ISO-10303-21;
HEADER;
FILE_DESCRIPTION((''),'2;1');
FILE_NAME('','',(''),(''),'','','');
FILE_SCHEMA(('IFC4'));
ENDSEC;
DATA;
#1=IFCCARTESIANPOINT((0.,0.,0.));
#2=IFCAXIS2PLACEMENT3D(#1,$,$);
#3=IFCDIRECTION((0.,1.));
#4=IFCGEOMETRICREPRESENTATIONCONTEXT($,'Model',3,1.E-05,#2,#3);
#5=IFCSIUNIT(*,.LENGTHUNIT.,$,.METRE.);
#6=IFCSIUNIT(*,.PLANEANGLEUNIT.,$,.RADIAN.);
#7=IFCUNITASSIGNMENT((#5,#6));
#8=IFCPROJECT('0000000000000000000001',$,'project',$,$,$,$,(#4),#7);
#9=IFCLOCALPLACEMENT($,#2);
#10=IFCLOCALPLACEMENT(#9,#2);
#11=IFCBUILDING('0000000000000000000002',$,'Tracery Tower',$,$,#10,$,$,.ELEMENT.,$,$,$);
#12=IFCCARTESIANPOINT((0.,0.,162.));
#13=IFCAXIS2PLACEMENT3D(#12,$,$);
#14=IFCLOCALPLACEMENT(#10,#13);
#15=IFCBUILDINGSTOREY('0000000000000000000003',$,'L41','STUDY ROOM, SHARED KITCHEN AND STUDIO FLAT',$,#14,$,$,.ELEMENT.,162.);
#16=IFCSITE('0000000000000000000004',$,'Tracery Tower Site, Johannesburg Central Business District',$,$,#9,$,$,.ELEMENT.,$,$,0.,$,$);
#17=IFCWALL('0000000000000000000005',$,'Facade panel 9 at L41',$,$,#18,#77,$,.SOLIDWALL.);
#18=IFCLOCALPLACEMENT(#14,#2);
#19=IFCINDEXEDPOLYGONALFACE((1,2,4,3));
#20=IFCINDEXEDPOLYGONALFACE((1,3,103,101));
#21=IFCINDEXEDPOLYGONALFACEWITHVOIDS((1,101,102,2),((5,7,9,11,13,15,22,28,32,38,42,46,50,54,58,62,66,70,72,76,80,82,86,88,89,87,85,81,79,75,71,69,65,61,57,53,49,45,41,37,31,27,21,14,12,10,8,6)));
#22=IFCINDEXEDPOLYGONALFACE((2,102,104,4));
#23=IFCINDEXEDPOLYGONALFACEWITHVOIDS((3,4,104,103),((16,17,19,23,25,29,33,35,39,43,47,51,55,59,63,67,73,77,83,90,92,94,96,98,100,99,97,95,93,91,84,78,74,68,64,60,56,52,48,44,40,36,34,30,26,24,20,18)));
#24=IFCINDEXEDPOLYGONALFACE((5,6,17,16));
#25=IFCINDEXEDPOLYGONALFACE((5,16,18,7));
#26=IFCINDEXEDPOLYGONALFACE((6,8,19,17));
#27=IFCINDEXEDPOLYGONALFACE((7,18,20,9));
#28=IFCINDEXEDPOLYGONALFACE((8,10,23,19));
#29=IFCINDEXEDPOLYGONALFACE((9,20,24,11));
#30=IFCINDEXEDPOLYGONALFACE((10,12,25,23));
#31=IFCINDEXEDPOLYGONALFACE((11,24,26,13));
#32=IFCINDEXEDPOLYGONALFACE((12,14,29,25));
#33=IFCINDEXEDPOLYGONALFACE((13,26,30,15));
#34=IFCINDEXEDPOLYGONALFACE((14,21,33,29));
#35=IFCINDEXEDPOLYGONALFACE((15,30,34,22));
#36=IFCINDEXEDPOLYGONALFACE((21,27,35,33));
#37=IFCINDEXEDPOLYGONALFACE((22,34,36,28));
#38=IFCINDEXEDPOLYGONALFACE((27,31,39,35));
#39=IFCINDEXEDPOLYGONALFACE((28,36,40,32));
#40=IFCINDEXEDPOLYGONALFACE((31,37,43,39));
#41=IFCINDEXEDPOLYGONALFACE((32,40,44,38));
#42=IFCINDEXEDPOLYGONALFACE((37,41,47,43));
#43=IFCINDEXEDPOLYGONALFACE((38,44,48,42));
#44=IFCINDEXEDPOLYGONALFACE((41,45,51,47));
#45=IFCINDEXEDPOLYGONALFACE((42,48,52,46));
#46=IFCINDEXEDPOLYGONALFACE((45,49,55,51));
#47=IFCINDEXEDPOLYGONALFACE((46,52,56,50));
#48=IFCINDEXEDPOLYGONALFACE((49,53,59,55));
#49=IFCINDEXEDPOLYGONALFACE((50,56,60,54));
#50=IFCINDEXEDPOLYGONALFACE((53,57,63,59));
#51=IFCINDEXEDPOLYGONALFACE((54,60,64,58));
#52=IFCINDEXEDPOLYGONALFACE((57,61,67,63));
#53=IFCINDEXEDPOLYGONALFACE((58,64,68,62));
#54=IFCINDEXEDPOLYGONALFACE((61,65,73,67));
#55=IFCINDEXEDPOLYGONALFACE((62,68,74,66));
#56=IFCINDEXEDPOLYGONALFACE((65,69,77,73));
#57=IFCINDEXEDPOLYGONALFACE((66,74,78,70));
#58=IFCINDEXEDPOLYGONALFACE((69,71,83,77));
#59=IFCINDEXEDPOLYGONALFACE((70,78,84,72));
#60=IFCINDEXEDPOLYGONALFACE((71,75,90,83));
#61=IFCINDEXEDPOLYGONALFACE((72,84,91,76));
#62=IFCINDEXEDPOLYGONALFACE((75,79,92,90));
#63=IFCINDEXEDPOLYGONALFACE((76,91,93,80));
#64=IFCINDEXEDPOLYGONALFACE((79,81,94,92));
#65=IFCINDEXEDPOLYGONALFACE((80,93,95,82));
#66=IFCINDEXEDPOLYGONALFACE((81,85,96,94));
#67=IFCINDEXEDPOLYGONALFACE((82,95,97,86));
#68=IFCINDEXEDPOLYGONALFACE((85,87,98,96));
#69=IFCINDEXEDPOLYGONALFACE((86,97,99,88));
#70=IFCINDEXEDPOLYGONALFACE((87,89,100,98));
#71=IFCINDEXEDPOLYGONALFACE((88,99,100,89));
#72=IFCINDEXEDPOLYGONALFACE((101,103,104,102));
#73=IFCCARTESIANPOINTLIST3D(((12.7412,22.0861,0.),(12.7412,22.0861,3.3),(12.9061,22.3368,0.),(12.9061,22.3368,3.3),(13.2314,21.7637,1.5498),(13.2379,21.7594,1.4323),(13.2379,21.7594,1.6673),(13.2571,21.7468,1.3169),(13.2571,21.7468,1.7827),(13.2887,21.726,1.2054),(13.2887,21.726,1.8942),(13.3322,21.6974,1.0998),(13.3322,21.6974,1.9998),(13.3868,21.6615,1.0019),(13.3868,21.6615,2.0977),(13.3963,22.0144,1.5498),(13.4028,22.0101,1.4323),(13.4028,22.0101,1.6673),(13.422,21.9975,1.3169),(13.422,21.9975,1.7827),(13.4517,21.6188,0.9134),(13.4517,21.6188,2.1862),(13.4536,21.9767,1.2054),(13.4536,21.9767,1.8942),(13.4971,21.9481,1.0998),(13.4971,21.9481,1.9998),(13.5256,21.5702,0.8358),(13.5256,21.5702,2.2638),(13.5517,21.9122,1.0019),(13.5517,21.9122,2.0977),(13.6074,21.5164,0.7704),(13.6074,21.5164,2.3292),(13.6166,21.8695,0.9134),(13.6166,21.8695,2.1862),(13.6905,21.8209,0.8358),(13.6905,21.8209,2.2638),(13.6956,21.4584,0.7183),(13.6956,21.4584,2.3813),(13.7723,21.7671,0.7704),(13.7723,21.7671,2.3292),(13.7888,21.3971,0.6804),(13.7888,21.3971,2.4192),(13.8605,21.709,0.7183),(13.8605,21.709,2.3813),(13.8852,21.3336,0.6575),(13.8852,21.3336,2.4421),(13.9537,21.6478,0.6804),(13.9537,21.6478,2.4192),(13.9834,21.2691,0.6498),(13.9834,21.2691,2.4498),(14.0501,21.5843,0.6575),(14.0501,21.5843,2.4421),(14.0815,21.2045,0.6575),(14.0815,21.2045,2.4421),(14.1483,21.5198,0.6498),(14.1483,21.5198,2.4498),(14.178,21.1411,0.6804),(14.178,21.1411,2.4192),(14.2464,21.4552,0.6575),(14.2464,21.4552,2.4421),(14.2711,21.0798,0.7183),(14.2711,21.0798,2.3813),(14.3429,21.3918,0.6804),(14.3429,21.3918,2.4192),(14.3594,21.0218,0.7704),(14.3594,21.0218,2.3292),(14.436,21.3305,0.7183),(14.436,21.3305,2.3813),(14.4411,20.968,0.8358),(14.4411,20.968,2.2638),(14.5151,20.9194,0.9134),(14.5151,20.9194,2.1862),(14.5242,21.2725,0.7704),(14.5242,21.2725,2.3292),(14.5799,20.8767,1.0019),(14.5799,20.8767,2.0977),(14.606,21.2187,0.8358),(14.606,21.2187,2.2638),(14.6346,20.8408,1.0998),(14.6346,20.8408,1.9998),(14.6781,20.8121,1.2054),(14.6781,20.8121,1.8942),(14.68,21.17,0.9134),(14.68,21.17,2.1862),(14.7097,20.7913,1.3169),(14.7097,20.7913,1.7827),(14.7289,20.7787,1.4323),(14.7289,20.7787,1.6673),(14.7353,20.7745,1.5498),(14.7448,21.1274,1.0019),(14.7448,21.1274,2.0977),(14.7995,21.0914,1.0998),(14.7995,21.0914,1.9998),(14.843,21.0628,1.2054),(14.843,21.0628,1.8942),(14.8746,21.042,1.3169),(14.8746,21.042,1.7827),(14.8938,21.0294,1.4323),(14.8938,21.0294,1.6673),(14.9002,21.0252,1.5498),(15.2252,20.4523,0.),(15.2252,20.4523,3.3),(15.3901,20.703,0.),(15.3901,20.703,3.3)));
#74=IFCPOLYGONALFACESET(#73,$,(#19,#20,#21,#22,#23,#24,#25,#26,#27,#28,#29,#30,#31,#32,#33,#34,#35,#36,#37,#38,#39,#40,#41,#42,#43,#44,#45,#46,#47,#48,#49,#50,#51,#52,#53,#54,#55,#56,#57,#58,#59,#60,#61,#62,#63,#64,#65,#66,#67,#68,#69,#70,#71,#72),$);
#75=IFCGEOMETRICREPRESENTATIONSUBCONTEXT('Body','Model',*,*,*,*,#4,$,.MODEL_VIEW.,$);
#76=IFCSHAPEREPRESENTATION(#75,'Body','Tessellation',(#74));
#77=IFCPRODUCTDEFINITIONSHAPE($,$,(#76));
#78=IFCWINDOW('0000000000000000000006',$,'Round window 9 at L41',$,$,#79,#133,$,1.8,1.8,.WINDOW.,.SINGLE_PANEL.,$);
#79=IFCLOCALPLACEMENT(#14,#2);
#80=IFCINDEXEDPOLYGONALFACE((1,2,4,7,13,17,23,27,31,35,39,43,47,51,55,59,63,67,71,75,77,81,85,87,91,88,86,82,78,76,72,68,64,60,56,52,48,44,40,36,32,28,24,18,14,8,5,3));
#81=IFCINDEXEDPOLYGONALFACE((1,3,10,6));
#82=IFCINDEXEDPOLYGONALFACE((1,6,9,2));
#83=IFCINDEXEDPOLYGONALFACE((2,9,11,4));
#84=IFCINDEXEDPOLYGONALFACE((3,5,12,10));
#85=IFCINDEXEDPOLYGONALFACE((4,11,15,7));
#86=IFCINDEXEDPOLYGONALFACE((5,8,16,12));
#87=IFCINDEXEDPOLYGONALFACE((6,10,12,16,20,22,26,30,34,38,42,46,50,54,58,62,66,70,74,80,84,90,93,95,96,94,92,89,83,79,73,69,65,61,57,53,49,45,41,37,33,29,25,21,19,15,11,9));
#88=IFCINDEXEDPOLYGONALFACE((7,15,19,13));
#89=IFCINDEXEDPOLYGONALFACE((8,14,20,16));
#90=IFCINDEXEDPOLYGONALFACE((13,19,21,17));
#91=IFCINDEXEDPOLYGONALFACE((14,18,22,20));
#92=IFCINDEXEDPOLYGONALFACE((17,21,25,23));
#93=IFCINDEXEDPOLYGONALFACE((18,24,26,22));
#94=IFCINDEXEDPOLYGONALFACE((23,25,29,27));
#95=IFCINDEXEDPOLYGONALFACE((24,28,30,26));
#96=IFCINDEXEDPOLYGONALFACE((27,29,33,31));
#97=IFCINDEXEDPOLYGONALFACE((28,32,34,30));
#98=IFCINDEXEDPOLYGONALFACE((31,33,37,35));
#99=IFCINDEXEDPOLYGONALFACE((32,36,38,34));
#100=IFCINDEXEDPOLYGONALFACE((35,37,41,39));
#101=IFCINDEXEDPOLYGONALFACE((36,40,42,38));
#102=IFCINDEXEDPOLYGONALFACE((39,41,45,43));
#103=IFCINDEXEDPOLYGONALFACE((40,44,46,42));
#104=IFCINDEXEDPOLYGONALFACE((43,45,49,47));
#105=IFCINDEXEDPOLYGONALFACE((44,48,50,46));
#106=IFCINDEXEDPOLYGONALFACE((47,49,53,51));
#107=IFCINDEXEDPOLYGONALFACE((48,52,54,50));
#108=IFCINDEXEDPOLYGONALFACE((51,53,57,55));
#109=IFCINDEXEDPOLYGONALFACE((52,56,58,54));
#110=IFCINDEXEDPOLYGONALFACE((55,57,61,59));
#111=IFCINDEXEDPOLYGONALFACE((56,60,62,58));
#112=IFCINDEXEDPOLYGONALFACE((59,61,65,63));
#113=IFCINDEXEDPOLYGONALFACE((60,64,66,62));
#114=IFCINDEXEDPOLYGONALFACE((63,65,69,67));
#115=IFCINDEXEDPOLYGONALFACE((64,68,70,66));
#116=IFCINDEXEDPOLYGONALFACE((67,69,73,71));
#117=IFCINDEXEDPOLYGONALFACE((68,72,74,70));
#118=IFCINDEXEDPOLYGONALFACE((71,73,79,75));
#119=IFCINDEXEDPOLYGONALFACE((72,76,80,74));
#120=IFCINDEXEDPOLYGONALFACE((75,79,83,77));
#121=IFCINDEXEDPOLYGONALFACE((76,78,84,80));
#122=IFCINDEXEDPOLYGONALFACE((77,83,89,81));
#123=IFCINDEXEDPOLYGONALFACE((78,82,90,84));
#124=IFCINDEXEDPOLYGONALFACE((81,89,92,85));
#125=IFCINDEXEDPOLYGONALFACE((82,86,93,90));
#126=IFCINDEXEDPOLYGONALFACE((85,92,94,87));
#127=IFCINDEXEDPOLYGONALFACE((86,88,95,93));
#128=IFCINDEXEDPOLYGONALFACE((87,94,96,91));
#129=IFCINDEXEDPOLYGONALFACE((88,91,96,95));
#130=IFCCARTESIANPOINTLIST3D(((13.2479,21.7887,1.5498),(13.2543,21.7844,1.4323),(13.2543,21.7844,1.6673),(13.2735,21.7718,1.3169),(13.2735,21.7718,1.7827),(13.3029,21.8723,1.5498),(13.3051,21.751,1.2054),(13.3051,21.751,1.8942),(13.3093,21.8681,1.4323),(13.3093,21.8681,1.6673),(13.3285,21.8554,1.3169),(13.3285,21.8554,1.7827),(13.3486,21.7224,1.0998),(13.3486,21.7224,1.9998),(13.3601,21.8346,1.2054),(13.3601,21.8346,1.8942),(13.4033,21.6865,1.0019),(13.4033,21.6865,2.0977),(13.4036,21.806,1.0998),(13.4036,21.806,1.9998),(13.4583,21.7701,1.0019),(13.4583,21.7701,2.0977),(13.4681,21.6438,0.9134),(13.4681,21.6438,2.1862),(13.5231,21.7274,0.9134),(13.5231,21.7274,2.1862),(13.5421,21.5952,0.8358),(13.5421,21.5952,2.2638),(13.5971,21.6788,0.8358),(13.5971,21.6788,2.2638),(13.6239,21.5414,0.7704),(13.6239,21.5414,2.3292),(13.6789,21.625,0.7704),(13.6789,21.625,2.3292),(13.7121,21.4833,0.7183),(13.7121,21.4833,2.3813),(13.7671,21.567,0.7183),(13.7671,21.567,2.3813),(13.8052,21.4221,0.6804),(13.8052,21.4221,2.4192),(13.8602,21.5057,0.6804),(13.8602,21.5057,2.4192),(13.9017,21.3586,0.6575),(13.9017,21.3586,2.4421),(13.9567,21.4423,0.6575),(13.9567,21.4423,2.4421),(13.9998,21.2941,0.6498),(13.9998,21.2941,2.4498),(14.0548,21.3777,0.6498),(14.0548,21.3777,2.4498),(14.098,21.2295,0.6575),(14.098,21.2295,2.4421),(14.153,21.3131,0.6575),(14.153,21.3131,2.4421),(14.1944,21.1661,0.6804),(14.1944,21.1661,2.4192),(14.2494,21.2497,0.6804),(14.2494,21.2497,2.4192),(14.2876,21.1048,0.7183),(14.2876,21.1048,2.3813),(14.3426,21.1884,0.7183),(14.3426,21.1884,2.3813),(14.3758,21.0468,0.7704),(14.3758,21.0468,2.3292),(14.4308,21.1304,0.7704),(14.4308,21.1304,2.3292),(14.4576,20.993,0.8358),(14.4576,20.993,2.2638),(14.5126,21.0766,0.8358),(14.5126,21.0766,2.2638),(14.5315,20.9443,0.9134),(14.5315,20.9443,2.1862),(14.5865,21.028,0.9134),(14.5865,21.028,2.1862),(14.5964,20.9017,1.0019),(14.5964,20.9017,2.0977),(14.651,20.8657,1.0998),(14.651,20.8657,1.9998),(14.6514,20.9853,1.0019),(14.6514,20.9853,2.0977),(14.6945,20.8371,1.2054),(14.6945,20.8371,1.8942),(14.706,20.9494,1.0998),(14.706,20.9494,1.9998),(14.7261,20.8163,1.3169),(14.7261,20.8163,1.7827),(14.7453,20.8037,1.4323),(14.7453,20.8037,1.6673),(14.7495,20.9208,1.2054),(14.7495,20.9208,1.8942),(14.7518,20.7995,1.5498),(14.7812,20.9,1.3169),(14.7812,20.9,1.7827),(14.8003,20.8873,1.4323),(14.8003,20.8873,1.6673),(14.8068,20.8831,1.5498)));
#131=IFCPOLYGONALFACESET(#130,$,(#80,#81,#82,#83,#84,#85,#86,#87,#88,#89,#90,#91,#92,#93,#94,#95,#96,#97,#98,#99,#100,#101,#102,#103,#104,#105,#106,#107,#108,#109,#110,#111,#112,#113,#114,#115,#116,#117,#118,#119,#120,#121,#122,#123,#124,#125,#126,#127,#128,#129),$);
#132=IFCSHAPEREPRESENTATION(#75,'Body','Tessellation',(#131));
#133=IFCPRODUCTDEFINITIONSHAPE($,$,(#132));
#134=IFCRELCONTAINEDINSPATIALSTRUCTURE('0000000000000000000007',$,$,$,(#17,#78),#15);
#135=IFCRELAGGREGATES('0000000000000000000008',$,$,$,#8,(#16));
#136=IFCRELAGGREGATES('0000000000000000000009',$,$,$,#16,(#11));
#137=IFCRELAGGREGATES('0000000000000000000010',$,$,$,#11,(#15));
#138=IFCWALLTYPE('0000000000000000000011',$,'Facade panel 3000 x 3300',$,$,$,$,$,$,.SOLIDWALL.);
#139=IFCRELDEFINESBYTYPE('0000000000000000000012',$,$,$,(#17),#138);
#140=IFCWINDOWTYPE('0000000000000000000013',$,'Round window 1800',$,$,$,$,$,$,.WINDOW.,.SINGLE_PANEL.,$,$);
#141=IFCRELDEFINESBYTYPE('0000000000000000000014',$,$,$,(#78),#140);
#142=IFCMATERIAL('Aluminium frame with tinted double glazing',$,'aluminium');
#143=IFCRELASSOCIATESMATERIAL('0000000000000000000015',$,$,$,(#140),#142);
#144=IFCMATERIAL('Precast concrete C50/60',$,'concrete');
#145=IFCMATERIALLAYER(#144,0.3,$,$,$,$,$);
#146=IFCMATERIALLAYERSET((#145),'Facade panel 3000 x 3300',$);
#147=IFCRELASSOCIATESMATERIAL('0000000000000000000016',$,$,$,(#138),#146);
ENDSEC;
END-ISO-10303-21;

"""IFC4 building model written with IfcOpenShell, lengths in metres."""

from ifc_helpers import new_model, si_unit, direction, frame, frame_2d, origin, origin_2d, place, context, subcontext, project, spatial, rectangle, circle, extrude, material, layer, layer_set, type_object, element, fill, save


model = new_model("IFC4")

# Units and contexts
model_context = context("Model", 3, precision=1e-05, world=origin(), true_north=direction((0.0, 1.0)))
body_context = subcontext(model_context, "Body", "Model", "MODEL_VIEW")
ifc_project = project(units=[si_unit("LENGTHUNIT", "METRE"), si_unit("PLANEANGLEUNIT", "RADIAN")], contexts=[model_context])

# Site, building, storey
site_placement = place(None, origin())
site = spatial("IfcSite", under=ifc_project, at=site_placement, Name="Tracery Tower Site, Johannesburg Central Business District", CompositionType="ELEMENT", RefElevation=0.0)
building_placement = place(site_placement, origin())
building = spatial("IfcBuilding", under=site, at=building_placement, Name="Tracery Tower", CompositionType="ELEMENT")
storey_placement = place(building_placement, frame((0.0, 0.0, 162.0)))
storey = spatial("IfcBuildingStorey", under=building, at=storey_placement, Name="L41", Description="STUDY ROOM, SHARED KITCHEN AND STUDIO FLAT", CompositionType="ELEMENT", Elevation=162.0)

# Wall, opening, window
ifc_material_1 = material(Name="Aluminium frame with tinted double glazing", Category="aluminium")
window_type = type_object("IfcWindowType", Name="Round window 1800", PartitioningType="SINGLE_PANEL", PredefinedType="WINDOW", material=ifc_material_1)
ifc_material_2 = material(Name="Precast concrete C50/60", Category="concrete")
ifc_layer_1 = layer(ifc_material_2, 0.3)
ifc_layer_set_1 = layer_set([ifc_layer_1], Name="Facade panel 3000 x 3300")
wall_type_1 = type_object("IfcWallType", Name="Facade panel 3000 x 3300", PredefinedType="SOLIDWALL", material=ifc_layer_set_1)
wall_1_placement = place(storey_placement, frame((15.3076, 20.5776, 0.0), z_axis=(0.0, 0.0, 1.0), x_axis=(-0.835471, 0.549535, 0.0)))
wall_1 = element("IfcWall", 1, at=wall_1_placement, inside=storey, type_object=wall_type_1, Name="Facade panel 9 at L41", PredefinedType="SOLIDWALL", context=body_context, shape_type="SweptSolid", body=[
    extrude(rectangle(XDim=2.9731, YDim=0.3, at=frame_2d((1.4866, 0.0))), origin(), (0.0, 0.0, 1.0), 3.3),
])
opening_1_placement = place(wall_1_placement, frame((1.4863, 0.0, 1.5498)))
opening_1 = element("IfcOpeningElement", 2, at=opening_1_placement, cuts=wall_1, PredefinedType="OPENING", context=body_context, shape_type="SweptSolid", body=[
    extrude(circle(Radius=0.9, at=origin_2d()), frame((0.0, 0.1599, 0.0), z_axis=(0.0, -1.0, 0.0), x_axis=(1.0, 0.0, 0.0)), (0.0, 0.0, 1.0), 0.3201),
])
window_1_placement = place(opening_1_placement, origin())
window_1 = element("IfcWindow", 3, at=window_1_placement, inside=storey, type_object=window_type, Name="Round window 9 at L41", OverallHeight=1.8, OverallWidth=1.8, PartitioningType="SINGLE_PANEL", PredefinedType="WINDOW", context=body_context, shape_type="SweptSolid", body=[
    extrude(circle(Radius=0.9, at=origin_2d()), frame((0.0, 0.1201, 0.0), z_axis=(0.0, -1.0, 0.0), x_axis=(1.0, 0.0, 0.0)), (0.0, 0.0, 1.0), 0.1001),
])
fill(opening_1, window_1)

save(model, "model.ifc")
